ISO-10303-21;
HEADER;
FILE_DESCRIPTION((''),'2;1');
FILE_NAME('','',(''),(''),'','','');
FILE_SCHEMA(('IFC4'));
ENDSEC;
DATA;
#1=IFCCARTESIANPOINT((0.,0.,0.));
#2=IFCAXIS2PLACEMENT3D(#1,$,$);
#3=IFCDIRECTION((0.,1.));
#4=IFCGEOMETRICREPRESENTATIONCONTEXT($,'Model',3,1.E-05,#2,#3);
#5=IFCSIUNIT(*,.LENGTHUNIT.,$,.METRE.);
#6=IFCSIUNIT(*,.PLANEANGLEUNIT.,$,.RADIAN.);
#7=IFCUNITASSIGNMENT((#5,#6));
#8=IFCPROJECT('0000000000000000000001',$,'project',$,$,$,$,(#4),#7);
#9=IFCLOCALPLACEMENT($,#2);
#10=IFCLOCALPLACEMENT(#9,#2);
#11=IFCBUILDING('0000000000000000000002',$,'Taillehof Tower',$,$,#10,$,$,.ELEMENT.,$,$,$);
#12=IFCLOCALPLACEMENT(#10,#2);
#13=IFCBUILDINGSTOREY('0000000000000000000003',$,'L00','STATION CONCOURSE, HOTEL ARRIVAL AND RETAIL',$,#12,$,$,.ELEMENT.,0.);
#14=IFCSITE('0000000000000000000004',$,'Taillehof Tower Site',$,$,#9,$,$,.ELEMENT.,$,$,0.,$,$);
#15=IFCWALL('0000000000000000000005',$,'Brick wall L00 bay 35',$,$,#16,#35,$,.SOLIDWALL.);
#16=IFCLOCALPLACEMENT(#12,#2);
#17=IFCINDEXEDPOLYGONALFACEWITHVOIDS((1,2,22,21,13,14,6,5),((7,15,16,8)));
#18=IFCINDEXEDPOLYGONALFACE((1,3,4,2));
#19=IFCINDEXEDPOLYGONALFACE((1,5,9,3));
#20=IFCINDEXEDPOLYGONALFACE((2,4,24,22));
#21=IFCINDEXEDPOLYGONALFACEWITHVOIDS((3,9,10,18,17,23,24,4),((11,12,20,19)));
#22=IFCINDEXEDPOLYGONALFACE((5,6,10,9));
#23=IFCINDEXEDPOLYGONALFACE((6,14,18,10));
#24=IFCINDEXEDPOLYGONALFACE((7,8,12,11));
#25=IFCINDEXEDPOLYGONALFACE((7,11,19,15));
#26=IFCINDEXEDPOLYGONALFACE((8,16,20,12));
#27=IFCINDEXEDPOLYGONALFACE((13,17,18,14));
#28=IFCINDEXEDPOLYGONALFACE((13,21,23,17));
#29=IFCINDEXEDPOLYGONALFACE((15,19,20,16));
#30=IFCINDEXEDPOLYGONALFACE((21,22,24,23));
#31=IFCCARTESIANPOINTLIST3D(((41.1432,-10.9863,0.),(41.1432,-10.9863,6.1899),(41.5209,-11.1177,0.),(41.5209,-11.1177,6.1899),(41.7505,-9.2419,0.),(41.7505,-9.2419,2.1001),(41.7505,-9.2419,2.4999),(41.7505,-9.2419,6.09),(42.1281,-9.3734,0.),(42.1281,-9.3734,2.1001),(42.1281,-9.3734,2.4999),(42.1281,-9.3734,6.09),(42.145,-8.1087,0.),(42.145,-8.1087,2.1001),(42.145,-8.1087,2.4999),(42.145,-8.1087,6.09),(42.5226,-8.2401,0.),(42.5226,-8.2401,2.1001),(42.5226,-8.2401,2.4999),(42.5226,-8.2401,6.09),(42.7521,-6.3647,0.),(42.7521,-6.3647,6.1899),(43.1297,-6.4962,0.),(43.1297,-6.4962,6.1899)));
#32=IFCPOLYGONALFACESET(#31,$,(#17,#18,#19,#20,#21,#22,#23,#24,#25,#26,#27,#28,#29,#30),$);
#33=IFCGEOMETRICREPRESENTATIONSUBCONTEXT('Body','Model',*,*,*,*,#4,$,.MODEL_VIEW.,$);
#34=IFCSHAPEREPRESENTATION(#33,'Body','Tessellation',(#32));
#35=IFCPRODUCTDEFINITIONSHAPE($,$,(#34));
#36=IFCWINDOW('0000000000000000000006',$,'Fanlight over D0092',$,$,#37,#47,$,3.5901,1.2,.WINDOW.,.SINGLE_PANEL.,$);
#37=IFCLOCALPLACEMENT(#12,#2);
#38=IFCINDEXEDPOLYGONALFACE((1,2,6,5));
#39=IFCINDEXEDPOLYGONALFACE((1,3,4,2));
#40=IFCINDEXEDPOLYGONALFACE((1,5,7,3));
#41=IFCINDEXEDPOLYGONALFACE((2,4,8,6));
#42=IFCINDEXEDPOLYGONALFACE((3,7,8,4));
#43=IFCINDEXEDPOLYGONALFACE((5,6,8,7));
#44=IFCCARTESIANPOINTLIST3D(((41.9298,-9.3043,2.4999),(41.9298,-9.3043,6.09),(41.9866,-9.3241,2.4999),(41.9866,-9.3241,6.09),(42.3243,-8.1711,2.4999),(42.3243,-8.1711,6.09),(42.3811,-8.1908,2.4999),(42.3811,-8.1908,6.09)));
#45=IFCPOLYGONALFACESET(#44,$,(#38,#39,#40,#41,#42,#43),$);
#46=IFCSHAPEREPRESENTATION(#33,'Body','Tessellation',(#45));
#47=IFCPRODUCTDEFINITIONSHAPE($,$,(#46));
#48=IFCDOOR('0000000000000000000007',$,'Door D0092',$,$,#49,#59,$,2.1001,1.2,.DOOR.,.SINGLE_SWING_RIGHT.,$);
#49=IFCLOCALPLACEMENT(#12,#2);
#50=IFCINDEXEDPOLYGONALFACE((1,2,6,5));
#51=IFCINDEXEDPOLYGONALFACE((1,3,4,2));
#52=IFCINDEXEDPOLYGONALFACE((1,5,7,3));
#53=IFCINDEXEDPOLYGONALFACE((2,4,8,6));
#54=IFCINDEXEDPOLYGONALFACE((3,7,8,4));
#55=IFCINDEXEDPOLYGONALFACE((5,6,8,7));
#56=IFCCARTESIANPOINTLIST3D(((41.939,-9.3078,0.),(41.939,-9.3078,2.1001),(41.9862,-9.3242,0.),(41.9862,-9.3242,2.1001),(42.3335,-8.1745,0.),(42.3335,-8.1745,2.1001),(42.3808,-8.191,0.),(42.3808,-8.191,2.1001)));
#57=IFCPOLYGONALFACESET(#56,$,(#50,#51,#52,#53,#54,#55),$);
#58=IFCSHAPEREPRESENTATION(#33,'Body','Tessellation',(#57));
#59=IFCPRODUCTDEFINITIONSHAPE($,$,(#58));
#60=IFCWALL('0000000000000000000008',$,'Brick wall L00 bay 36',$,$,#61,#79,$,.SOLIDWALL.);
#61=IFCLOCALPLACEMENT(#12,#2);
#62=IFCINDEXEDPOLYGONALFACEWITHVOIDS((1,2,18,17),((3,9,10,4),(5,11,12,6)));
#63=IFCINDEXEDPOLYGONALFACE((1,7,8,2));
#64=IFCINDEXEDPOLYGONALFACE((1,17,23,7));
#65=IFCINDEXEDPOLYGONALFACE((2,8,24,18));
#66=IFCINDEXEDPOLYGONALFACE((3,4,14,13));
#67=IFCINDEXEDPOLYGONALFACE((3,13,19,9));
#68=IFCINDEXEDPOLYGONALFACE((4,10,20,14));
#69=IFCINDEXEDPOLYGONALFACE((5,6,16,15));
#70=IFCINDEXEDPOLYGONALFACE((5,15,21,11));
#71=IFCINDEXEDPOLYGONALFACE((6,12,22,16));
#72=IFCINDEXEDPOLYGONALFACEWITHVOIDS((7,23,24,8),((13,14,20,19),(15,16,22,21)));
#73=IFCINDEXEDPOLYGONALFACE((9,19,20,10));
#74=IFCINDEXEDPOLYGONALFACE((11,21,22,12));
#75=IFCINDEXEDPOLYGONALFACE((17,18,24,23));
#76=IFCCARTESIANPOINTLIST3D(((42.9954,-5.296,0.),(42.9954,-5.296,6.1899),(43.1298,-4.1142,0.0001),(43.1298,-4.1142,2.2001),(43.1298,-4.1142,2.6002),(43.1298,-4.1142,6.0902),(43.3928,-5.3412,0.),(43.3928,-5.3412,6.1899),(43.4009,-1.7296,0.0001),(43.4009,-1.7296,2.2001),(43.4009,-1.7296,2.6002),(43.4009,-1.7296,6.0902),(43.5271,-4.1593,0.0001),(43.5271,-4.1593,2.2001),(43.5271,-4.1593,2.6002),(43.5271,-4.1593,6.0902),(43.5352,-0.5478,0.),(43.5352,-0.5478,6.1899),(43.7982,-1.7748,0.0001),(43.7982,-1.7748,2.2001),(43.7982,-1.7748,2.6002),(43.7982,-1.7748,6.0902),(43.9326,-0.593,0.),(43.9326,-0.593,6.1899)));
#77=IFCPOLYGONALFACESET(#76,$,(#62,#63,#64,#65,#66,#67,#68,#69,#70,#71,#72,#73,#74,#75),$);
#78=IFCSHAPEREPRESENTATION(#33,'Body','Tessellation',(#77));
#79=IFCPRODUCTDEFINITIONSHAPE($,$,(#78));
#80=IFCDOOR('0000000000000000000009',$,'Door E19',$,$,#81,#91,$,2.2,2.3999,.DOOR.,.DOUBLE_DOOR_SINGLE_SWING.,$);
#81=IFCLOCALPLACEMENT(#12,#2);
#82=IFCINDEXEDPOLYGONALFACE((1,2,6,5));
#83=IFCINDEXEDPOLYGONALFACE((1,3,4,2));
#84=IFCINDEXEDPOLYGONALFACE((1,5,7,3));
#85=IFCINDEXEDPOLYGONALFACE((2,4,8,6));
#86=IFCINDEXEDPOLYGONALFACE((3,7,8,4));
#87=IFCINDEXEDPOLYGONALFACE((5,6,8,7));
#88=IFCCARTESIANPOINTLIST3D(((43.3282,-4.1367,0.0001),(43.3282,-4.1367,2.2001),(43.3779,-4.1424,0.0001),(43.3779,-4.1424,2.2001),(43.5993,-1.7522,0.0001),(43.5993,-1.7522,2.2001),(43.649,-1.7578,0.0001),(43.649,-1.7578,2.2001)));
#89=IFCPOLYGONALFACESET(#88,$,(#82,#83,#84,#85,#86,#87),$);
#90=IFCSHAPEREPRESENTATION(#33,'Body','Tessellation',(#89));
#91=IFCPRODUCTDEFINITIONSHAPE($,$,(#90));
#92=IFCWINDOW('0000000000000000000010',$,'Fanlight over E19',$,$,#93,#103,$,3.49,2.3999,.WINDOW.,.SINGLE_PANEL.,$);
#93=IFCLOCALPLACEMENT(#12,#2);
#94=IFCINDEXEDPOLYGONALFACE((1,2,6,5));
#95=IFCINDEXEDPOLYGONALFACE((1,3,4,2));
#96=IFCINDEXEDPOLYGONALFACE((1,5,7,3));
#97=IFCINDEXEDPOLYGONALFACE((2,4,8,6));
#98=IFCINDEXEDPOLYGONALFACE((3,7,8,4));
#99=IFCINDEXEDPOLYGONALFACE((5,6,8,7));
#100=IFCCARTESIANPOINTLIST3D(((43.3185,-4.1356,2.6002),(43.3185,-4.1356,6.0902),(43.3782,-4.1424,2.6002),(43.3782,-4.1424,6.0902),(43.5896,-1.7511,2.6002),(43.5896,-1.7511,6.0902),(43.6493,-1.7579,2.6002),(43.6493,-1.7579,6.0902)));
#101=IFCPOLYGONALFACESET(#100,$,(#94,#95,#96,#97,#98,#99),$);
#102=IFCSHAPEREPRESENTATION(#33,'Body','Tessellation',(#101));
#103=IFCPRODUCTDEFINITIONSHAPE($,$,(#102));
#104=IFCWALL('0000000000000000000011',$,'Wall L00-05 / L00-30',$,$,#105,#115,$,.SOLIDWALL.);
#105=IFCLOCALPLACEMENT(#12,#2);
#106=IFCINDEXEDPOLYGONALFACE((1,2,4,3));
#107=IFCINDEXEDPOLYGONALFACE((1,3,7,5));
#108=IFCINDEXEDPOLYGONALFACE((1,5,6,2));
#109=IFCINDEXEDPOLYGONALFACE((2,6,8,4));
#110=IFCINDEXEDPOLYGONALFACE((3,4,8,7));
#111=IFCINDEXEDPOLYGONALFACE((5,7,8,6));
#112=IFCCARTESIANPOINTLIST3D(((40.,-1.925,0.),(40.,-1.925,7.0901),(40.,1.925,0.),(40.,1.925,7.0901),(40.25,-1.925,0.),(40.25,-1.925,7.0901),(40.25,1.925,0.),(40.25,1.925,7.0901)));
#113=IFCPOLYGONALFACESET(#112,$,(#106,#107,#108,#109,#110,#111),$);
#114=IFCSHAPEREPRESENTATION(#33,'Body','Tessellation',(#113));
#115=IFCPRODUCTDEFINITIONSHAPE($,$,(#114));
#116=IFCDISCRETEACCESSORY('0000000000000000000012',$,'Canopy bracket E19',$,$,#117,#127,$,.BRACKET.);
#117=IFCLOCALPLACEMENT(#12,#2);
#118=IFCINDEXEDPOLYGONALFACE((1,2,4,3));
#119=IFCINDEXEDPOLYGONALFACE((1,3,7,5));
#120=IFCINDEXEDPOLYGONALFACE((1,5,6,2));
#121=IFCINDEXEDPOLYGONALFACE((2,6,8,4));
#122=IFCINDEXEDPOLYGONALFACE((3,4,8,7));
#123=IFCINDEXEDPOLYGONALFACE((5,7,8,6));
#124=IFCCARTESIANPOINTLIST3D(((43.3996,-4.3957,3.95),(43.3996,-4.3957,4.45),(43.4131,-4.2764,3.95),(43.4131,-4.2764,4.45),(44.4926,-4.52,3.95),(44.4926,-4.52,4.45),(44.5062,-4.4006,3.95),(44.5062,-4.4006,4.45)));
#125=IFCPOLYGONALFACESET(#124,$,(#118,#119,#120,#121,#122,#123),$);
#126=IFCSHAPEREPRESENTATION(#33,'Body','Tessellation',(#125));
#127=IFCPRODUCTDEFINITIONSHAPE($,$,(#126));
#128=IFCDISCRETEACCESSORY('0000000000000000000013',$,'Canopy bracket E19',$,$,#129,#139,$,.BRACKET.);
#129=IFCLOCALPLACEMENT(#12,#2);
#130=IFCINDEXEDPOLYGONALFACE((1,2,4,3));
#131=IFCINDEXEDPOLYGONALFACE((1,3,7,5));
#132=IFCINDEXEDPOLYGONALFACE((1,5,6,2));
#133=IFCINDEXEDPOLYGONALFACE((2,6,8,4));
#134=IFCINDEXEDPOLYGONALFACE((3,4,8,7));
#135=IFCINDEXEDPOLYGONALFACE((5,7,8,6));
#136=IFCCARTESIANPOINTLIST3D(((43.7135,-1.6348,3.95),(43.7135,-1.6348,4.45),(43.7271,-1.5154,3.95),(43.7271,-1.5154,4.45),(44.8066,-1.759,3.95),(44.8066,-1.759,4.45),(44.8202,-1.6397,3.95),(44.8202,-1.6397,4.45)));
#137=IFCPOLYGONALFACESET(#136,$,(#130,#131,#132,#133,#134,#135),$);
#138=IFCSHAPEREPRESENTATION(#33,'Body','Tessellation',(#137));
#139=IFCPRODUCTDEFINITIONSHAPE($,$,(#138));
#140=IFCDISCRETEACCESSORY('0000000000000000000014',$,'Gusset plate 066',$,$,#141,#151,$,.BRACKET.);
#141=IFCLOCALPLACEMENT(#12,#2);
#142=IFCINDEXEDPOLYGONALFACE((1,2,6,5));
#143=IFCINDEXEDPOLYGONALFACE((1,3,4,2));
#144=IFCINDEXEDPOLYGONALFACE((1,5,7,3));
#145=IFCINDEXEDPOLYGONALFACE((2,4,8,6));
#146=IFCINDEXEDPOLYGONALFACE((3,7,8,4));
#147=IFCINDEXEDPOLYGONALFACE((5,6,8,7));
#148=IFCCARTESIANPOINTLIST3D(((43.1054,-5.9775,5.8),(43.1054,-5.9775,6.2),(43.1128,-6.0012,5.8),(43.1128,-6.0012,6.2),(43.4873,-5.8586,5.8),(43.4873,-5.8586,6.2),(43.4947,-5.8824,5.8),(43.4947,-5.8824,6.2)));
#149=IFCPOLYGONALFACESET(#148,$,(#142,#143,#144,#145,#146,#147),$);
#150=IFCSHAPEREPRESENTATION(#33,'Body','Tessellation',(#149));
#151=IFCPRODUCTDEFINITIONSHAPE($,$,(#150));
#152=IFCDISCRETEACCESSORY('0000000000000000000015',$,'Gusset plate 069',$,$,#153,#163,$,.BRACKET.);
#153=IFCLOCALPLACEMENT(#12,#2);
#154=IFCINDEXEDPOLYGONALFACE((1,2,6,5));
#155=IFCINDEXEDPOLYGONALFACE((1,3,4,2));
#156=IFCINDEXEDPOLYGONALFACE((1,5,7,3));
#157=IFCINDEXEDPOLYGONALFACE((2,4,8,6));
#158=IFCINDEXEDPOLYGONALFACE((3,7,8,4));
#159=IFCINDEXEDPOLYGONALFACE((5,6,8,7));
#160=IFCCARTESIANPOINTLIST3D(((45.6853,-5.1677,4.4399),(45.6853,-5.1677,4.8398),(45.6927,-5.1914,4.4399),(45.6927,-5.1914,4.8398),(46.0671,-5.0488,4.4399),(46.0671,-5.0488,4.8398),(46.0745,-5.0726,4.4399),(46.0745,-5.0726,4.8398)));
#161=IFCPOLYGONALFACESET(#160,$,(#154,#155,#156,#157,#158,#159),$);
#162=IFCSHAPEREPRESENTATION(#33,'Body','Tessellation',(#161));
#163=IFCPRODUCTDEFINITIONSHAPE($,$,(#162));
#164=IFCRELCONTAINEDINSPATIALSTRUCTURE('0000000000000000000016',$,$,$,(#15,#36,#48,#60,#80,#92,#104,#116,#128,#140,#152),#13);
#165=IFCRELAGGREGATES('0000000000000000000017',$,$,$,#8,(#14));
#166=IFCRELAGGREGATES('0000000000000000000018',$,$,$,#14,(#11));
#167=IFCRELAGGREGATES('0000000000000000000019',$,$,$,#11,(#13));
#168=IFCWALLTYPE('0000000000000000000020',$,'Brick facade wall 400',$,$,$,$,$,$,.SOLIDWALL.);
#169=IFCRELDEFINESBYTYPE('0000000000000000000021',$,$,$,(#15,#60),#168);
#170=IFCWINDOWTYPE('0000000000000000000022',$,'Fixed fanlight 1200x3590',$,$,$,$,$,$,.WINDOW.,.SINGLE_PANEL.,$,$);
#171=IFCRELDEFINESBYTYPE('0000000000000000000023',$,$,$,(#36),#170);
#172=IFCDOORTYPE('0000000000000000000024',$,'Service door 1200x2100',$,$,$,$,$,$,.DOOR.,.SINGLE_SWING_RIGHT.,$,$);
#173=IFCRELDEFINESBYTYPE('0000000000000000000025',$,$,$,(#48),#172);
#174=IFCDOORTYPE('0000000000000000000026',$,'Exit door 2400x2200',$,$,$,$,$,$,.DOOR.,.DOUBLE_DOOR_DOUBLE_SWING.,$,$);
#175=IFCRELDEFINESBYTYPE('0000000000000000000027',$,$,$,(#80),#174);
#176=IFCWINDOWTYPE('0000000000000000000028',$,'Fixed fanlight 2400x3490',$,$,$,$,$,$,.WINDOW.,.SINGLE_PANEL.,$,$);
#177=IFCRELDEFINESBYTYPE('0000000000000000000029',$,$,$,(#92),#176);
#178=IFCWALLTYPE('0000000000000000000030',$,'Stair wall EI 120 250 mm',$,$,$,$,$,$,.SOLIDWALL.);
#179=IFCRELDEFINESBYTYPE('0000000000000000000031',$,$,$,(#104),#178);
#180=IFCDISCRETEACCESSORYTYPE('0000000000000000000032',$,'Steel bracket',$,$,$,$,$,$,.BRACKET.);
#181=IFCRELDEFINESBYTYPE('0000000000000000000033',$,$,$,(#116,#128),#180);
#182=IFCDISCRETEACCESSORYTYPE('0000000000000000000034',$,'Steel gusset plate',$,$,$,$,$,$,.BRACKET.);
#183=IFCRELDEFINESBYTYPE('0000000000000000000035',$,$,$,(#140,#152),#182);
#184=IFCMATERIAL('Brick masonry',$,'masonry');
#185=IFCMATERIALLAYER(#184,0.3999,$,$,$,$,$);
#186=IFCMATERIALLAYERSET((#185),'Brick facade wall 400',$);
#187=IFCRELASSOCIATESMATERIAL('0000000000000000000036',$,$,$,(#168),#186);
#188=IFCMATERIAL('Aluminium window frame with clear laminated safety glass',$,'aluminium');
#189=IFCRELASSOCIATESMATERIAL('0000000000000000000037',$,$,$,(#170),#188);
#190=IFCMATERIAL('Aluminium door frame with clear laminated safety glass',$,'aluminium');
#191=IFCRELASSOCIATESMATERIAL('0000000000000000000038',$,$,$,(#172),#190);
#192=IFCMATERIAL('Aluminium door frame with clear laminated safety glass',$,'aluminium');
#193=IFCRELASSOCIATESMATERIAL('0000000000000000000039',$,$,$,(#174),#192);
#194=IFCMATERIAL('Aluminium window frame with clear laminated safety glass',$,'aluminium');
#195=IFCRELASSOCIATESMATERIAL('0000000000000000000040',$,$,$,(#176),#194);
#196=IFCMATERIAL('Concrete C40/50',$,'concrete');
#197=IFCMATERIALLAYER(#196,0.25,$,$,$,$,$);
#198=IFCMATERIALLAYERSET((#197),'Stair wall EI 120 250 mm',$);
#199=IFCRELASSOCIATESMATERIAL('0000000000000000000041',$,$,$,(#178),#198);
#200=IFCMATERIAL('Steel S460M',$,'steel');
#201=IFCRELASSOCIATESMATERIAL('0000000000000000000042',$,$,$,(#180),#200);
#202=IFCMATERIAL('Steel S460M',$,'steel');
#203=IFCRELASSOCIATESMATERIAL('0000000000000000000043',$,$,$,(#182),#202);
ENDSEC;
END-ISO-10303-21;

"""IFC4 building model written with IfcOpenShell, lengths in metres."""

from ifc_helpers import new_model, si_unit, direction, frame, frame_2d, origin, origin_2d, place, context, subcontext, project, spatial, rectangle, extrude, material, layer, layer_set, type_object, element, fill, save


model = new_model("IFC4")

# Units and contexts
model_context = context("Model", 3, precision=1e-05, world=origin(), true_north=direction((0.0, 1.0)))
body_context = subcontext(model_context, "Body", "Model", "MODEL_VIEW")
ifc_project = project(units=[si_unit("LENGTHUNIT", "METRE"), si_unit("PLANEANGLEUNIT", "RADIAN")], contexts=[model_context])

# Site, building, storey
site_placement = place(None, origin())
site = spatial("IfcSite", under=ifc_project, at=site_placement, Name="Taillehof Tower Site", CompositionType="ELEMENT", RefElevation=0.0)
building_placement = place(site_placement, origin())
building = spatial("IfcBuilding", under=site, at=building_placement, Name="Taillehof Tower", CompositionType="ELEMENT")
storey_placement = place(building_placement, origin())
storey = spatial("IfcBuildingStorey", under=building, at=storey_placement, Name="L00", Description="STATION CONCOURSE, HOTEL ARRIVAL AND RETAIL", CompositionType="ELEMENT", Elevation=0.0)

# Wall, openings, window, door
ifc_material_1 = material(Name="Brick masonry", Category="masonry")
ifc_layer_1 = layer(ifc_material_1, 0.3999)
ifc_layer_set_1 = layer_set([ifc_layer_1], Name="Brick facade wall 400")
wall_type_1 = type_object("IfcWallType", Name="Brick facade wall 400", PredefinedType="SOLIDWALL", material=ifc_layer_set_1)
wall_1_placement = place(storey_placement, frame((41.332, -11.052, 0.0), z_axis=(0.0, 0.0, 1.0), x_axis=(0.328772, 0.944409, 0.0)))
wall_1 = element("IfcWall", 1, at=wall_1_placement, inside=storey, type_object=wall_type_1, Name="Brick wall L00 bay 35", PredefinedType="SOLIDWALL", context=body_context, shape_type="SweptSolid", body=[
    extrude(rectangle(XDim=4.8936, YDim=0.3999, at=frame_2d((2.4468, 0.0))), origin(), (0.0, 0.0, 1.0), 6.1899),
])
opening_1_placement = place(wall_1_placement, frame((1.8469, 0.0, 0.0)))
opening_1 = element("IfcOpeningElement", 2, at=opening_1_placement, cuts=wall_1, PredefinedType="OPENING", context=body_context, shape_type="SweptSolid", body=[
    extrude(rectangle(XDim=1.2, YDim=2.1001, at=frame_2d((0.6001, 1.05))), frame((0.0, 0.21, 0.0), z_axis=(0.0, -1.0, 0.0), x_axis=(1.0, 0.0, 0.0)), (0.0, 0.0, 1.0), 0.4199),
])
opening_2_placement = place(wall_1_placement, frame((1.8469, 0.0, 2.5)))
opening_2 = element("IfcOpeningElement", 3, at=opening_2_placement, cuts=wall_1, PredefinedType="OPENING", context=body_context, shape_type="SweptSolid", body=[
    extrude(rectangle(XDim=1.2, YDim=3.5901, at=frame_2d((0.6001, 1.7949))), frame((0.0, 0.21, 0.0), z_axis=(0.0, -1.0, 0.0), x_axis=(1.0, 0.0, 0.0)), (0.0, 0.0, 1.0), 0.4199),
])
ifc_material_2 = material(Name="Aluminium window frame with clear laminated safety glass", Category="aluminium")
window_type_1 = type_object("IfcWindowType", Name="Fixed fanlight 1200x3590", PartitioningType="SINGLE_PANEL", PredefinedType="WINDOW", material=ifc_material_2)
window_1_placement = place(opening_2_placement, origin())
window_1 = element("IfcWindow", 4, at=window_1_placement, inside=storey, type_object=window_type_1, Name="Fanlight over D0092", OverallHeight=3.5901, OverallWidth=1.2, PartitioningType="SINGLE_PANEL", PredefinedType="WINDOW", context=body_context, shape_type="SweptSolid", body=[
    extrude(rectangle(XDim=1.2, YDim=3.5901, at=frame_2d((0.6001, 1.7949))), frame((0.0, 0.01, 0.0), z_axis=(0.0, -1.0, 0.0), x_axis=(1.0, 0.0, 0.0)), (0.0, 0.0, 1.0), 0.0601),
])
fill(opening_2, window_1)
ifc_material_3 = material(Name="Aluminium door frame with clear laminated safety glass", Category="aluminium")
door_type_1 = type_object("IfcDoorType", Name="Service door 1200x2100", OperationType="SINGLE_SWING_RIGHT", PredefinedType="DOOR", material=ifc_material_3)
door_1_placement = place(opening_1_placement, frame((1.2, 0.0, 0.0), z_axis=(0.0, 0.0, 1.0), x_axis=(-1.0, 0.0, 0.0)))
door_1 = element("IfcDoor", 5, at=door_1_placement, inside=storey, type_object=door_type_1, Name="Door D0092", OperationType="SINGLE_SWING_RIGHT", OverallHeight=2.1001, OverallWidth=1.2, PredefinedType="DOOR", context=body_context, shape_type="SweptSolid", body=[
    extrude(rectangle(XDim=1.2, YDim=2.1001, at=frame_2d((0.6001, 1.05))), frame((0.0, 0.0498, 0.0), z_axis=(0.0, -1.0, 0.0), x_axis=(1.0, 0.0, 0.0)), (0.0, 0.0, 1.0), 0.05),
])
fill(opening_1, door_1)

# Wall, openings, door, window
wall_2_placement = place(storey_placement, frame((43.1941, -5.3186, 0.0), z_axis=(0.0, 0.0, 1.0), x_axis=(0.112954, 0.9936, 0.0)))
wall_2 = element("IfcWall", 6, at=wall_2_placement, inside=storey, type_object=wall_type_1, Name="Brick wall L00 bay 36", PredefinedType="SOLIDWALL", context=body_context, shape_type="SweptSolid", body=[
    extrude(rectangle(XDim=4.7788, YDim=0.3999, at=frame_2d((2.3894, 0.0))), origin(), (0.0, 0.0, 1.0), 6.1899),
])
opening_3_placement = place(wall_2_placement, frame((1.1895, 0.0, 0.0)))
opening_3 = element("IfcOpeningElement", 7, at=opening_3_placement, cuts=wall_2, PredefinedType="OPENING", context=body_context, shape_type="SweptSolid", body=[
    extrude(rectangle(XDim=2.3999, YDim=2.2, at=frame_2d((1.2, 1.1001))), frame((0.0, 0.21, 0.0), z_axis=(0.0, -1.0, 0.0), x_axis=(1.0, 0.0, 0.0)), (0.0, 0.0, 1.0), 0.4199),
])
opening_4_placement = place(wall_2_placement, frame((1.1895, 0.0, 2.6001)))
opening_4 = element("IfcOpeningElement", 8, at=opening_4_placement, cuts=wall_2, PredefinedType="OPENING", context=body_context, shape_type="SweptSolid", body=[
    extrude(rectangle(XDim=2.3999, YDim=3.49, at=frame_2d((1.2, 1.7451))), frame((0.0, 0.21, 0.0), z_axis=(0.0, -1.0, 0.0), x_axis=(1.0, 0.0, 0.0)), (0.0, 0.0, 1.0), 0.4199),
])
ifc_material_4 = material(Name="Aluminium door frame with clear laminated safety glass", Category="aluminium")
door_type_2 = type_object("IfcDoorType", Name="Exit door 2400x2200", OperationType="DOUBLE_DOOR_DOUBLE_SWING", PredefinedType="DOOR", material=ifc_material_4)
door_2_placement = place(opening_3_placement, frame((2.3999, 0.0, 0.0), z_axis=(0.0, 0.0, 1.0), x_axis=(-1.0, 0.0, 0.0)))
door_2 = element("IfcDoor", 9, at=door_2_placement, inside=storey, type_object=door_type_2, Name="Door E19", OperationType="DOUBLE_DOOR_SINGLE_SWING", OverallHeight=2.2, OverallWidth=2.3999, PredefinedType="DOOR", context=body_context, shape_type="SweptSolid", body=[
    extrude(rectangle(XDim=2.3999, YDim=2.2, at=frame_2d((1.2, 1.1001))), frame((0.0, 0.0498, 0.0), z_axis=(0.0, -1.0, 0.0), x_axis=(1.0, 0.0, 0.0)), (0.0, 0.0, 1.0), 0.05),
])
fill(opening_3, door_2)
ifc_material_5 = material(Name="Aluminium window frame with clear laminated safety glass", Category="aluminium")
window_type_2 = type_object("IfcWindowType", Name="Fixed fanlight 2400x3490", PartitioningType="SINGLE_PANEL", PredefinedType="WINDOW", material=ifc_material_5)
window_2_placement = place(opening_4_placement, origin())
window_2 = element("IfcWindow", 10, at=window_2_placement, inside=storey, type_object=window_type_2, Name="Fanlight over E19", OverallHeight=3.49, OverallWidth=2.3999, PartitioningType="SINGLE_PANEL", PredefinedType="WINDOW", context=body_context, shape_type="SweptSolid", body=[
    extrude(rectangle(XDim=2.3999, YDim=3.49, at=frame_2d((1.2, 1.7451))), frame((0.0, 0.01, 0.0), z_axis=(0.0, -1.0, 0.0), x_axis=(1.0, 0.0, 0.0)), (0.0, 0.0, 1.0), 0.0601),
])
fill(opening_4, window_2)

# Wall
ifc_material_6 = material(Name="Concrete C40/50", Category="concrete")
ifc_layer_2 = layer(ifc_material_6, 0.25)
ifc_layer_set_2 = layer_set([ifc_layer_2], Name="Stair wall EI 120 250 mm")
wall_type_2 = type_object("IfcWallType", Name="Stair wall EI 120 250 mm", PredefinedType="SOLIDWALL", material=ifc_layer_set_2)
wall_3_placement = place(storey_placement, frame((40.125, -1.925, 0.0), z_axis=(0.0, 0.0, 1.0), x_axis=(0.0, 1.0, 0.0)))
element("IfcWall", 11, at=wall_3_placement, inside=storey, type_object=wall_type_2, Name="Wall L00-05 / L00-30", PredefinedType="SOLIDWALL", context=body_context, shape_type="SweptSolid", body=[
    extrude(rectangle(XDim=3.8501, YDim=0.25, at=frame_2d((1.925, 0.0))), origin(), (0.0, 0.0, 1.0), 7.0901),
])

# Discrete accessories
ifc_material_7 = material(Name="Steel S460M", Category="steel")
discrete_accessory_type_1 = type_object("IfcDiscreteAccessoryType", Name="Steel bracket", PredefinedType="BRACKET", material=ifc_material_7)
for number, where, z_axis, x_axis, name in (
    (12, (43.9529, -4.3982, 3.95), (0.0, 0.0, 1.0), (0.993603, -0.112933, 0.0), "Canopy bracket E19"),
    (13, (44.2668, -1.6372, 3.95), (0.0, 0.0, 1.0), (0.993603, -0.112933, 0.0), "Canopy bracket E19"),
):
    element("IfcDiscreteAccessory", number, at=place(storey_placement, frame(where, z_axis=z_axis, x_axis=x_axis)), inside=storey, type_object=discrete_accessory_type_1, Name=name, PredefinedType="BRACKET", context=body_context, shape_type="SweptSolid", body=[
        extrude(rectangle(XDim=1.1001, YDim=0.1201, at=origin_2d()), origin(), (0.0, 0.0, 1.0), 0.5),
    ])
ifc_material_8 = material(Name="Steel S460M", Category="steel")
discrete_accessory_type_2 = type_object("IfcDiscreteAccessoryType", Name="Steel gusset plate", PredefinedType="BRACKET", material=ifc_material_8)
for number, where, z_axis, x_axis, name in (
    (14, (43.3, -5.9299, 5.8), (0.0, 0.0, 1.0), (-0.95482, -0.297185, 0.0), "Gusset plate 066"),
    (15, (45.8799, -5.1201, 4.4399), (0.0, 0.0, 1.0), (-0.95482, -0.297185, 0.0), "Gusset plate 069"),
):
    element("IfcDiscreteAccessory", number, at=place(storey_placement, frame(where, z_axis=z_axis, x_axis=x_axis)), inside=storey, type_object=discrete_accessory_type_2, Name=name, PredefinedType="BRACKET", context=body_context, shape_type="SweptSolid", body=[
        extrude(rectangle(XDim=0.3999, YDim=0.0249, at=origin_2d()), origin(), (0.0, 0.0, 1.0), 0.3999),
    ])

save(model, "model.ifc")
